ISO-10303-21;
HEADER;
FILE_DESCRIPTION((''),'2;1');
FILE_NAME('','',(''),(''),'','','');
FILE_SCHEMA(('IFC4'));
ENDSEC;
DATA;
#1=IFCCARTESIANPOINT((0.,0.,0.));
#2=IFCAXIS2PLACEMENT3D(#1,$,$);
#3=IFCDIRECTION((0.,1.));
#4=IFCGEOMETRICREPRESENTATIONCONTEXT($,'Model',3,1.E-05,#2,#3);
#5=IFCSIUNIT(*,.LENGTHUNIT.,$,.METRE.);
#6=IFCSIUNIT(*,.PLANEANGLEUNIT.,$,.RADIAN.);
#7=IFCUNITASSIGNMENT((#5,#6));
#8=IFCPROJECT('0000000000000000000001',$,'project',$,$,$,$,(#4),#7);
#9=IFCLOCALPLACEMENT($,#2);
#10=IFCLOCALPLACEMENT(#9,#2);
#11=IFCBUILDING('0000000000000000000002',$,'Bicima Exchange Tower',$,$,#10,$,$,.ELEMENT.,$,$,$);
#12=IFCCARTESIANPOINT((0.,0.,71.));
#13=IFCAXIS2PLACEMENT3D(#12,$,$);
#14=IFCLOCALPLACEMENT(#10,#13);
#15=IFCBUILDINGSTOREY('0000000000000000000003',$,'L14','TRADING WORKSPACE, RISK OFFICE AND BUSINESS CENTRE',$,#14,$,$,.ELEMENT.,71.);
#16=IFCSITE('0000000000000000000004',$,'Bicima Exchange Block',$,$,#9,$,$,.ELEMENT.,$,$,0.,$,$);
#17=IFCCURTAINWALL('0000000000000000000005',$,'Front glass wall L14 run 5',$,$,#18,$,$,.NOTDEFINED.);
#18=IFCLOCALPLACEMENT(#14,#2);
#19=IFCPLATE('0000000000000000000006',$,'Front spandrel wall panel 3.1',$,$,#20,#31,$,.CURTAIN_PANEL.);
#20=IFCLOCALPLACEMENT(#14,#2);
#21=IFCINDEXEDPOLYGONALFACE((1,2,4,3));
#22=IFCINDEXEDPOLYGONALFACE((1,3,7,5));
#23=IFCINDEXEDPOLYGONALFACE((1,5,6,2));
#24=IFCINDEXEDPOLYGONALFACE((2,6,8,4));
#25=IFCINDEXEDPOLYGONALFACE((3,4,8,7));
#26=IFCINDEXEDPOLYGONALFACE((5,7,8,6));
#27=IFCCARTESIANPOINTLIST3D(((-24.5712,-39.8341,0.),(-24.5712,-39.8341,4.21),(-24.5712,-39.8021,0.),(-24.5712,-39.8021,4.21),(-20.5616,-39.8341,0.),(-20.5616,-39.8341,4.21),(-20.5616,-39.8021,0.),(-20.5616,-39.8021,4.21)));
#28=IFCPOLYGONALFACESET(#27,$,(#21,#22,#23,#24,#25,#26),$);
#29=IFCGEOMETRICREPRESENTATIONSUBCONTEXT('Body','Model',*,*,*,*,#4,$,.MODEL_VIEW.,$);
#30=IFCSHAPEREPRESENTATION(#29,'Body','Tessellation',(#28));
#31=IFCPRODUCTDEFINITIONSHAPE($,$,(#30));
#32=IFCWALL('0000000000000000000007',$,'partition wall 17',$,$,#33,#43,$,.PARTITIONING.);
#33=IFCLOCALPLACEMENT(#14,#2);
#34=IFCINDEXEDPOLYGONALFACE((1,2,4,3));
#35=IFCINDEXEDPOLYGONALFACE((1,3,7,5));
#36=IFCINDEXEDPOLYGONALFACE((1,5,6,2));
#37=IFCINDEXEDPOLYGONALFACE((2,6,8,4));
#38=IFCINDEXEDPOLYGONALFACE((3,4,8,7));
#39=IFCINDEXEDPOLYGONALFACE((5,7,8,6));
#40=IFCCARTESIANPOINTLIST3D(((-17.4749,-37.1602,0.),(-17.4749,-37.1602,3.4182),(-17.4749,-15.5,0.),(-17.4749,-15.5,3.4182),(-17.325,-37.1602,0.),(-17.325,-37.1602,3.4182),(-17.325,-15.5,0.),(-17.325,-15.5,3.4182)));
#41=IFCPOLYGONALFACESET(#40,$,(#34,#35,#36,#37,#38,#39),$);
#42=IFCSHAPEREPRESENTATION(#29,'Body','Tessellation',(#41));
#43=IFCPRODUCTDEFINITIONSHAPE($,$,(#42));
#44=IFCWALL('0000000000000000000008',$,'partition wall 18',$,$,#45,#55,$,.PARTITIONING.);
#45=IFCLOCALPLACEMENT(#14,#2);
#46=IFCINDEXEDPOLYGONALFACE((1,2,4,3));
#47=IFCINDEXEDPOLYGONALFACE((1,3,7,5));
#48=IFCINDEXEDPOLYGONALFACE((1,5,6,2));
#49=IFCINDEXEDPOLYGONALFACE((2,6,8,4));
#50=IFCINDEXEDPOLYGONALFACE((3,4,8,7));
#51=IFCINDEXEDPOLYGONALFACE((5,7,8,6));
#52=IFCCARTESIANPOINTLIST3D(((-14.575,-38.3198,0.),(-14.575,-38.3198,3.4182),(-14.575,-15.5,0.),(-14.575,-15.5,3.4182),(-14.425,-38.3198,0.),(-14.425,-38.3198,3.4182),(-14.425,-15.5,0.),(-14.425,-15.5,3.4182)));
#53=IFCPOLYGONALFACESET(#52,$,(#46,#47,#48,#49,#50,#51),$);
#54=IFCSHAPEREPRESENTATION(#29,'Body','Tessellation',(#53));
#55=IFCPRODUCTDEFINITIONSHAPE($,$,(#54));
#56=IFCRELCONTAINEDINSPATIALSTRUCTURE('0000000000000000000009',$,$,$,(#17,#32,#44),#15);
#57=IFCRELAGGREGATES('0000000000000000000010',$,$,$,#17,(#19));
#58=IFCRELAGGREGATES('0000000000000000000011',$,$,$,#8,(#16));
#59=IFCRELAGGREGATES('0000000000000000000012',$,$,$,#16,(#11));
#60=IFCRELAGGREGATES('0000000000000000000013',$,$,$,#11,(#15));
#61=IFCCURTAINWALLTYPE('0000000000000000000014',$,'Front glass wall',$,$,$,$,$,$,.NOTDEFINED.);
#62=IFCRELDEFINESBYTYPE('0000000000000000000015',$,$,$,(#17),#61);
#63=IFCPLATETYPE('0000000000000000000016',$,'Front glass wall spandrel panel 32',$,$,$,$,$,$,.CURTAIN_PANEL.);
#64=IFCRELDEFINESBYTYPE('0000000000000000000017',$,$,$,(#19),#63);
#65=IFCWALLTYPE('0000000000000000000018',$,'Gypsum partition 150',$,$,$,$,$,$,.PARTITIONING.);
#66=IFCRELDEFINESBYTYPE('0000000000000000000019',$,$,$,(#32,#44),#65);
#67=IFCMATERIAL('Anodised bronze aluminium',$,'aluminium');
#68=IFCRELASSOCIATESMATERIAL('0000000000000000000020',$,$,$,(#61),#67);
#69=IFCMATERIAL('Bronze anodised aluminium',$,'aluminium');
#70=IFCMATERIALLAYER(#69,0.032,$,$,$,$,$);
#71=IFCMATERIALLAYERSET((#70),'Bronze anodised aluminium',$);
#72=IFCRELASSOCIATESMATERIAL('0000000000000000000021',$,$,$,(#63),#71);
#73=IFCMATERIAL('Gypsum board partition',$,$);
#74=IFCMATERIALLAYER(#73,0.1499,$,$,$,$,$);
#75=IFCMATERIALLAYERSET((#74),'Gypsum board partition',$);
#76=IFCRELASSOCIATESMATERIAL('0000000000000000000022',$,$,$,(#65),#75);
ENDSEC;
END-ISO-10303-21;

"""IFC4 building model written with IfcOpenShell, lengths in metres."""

from ifc_helpers import new_model, si_unit, direction, frame, frame_2d, origin, origin_2d, place, context, subcontext, project, spatial, rectangle, extrude, material, layer, layer_set, type_object, element, aggregate, save


model = new_model("IFC4")

# Units and contexts
model_context = context("Model", 3, precision=1e-05, world=origin(), true_north=direction((0.0, 1.0)))
body_context = subcontext(model_context, "Body", "Model", "MODEL_VIEW")
ifc_project = project(units=[si_unit("LENGTHUNIT", "METRE"), si_unit("PLANEANGLEUNIT", "RADIAN")], contexts=[model_context])

# Site, building, storey
site_placement = place(None, origin())
site = spatial("IfcSite", under=ifc_project, at=site_placement, Name="Bicima Exchange Block", CompositionType="ELEMENT", RefElevation=0.0)
building_placement = place(site_placement, origin())
building = spatial("IfcBuilding", under=site, at=building_placement, Name="Bicima Exchange Tower", CompositionType="ELEMENT")
storey_placement = place(building_placement, frame((0.0, 0.0, 71.0)))
storey = spatial("IfcBuildingStorey", under=building, at=storey_placement, Name="L14", Description="TRADING WORKSPACE, RISK OFFICE AND BUSINESS CENTRE", CompositionType="ELEMENT", Elevation=71.0)

# Curtain wall
ifc_material_1 = material(Name="Anodised bronze aluminium", Category="aluminium")
curtain_wall_type = type_object("IfcCurtainWallType", Name="Front glass wall", PredefinedType="NOTDEFINED", material=ifc_material_1)
curtain_wall_1_placement = place(storey_placement, origin())
curtain_wall_1 = element("IfcCurtainWall", 1, at=curtain_wall_1_placement, inside=storey, type_object=curtain_wall_type, Name="Front glass wall L14 run 5", PredefinedType="NOTDEFINED")

# Plate
ifc_material_2 = material(Name="Bronze anodised aluminium", Category="aluminium")
ifc_layer_1 = layer(ifc_material_2, 0.032)
ifc_layer_set_1 = layer_set([ifc_layer_1], Name="Bronze anodised aluminium")
plate_type_1 = type_object("IfcPlateType", Name="Front glass wall spandrel panel 32", PredefinedType="CURTAIN_PANEL", material=ifc_layer_set_1)
plate_1_placement = place(storey_placement, frame((-22.5664, -39.8181, 0.0), z_axis=(0.0, 0.0, 1.0), x_axis=(1.0, 0.0, 0.0)))
plate_1 = element("IfcPlate", 2, at=plate_1_placement, type_object=plate_type_1, Name="Front spandrel wall panel 3.1", PredefinedType="CURTAIN_PANEL", context=body_context, shape_type="SweptSolid", body=[
    extrude(rectangle(XDim=4.0095, YDim=0.032, at=origin_2d()), origin(), (0.0, 0.0, 1.0), 4.21),
])
aggregate(curtain_wall_1, [plate_1])

# Walls
ifc_material_3 = material(Name="Gypsum board partition")
ifc_layer_2 = layer(ifc_material_3, 0.1499)
ifc_layer_set_2 = layer_set([ifc_layer_2], Name="Gypsum board partition")
wall_type = type_object("IfcWallType", Name="Gypsum partition 150", PredefinedType="PARTITIONING", material=ifc_layer_set_2)
wall_1_placement = place(storey_placement, frame((-17.3999, -37.1602, 0.0), z_axis=(0.0, 0.0, 1.0), x_axis=(0.0, 1.0, 0.0)))
element("IfcWall", 3, at=wall_1_placement, inside=storey, type_object=wall_type, Name="partition wall 17", PredefinedType="PARTITIONING", context=body_context, shape_type="SweptSolid", body=[
    extrude(rectangle(XDim=21.6602, YDim=0.1499, at=frame_2d((10.8301, 0.0))), origin(), (0.0, 0.0, 1.0), 3.4182),
])
wall_2_placement = place(storey_placement, frame((-14.5, -38.3198, 0.0), z_axis=(0.0, 0.0, 1.0), x_axis=(0.0, 1.0, 0.0)))
element("IfcWall", 4, at=wall_2_placement, inside=storey, type_object=wall_type, Name="partition wall 18", PredefinedType="PARTITIONING", context=body_context, shape_type="SweptSolid", body=[
    extrude(rectangle(XDim=22.8198, YDim=0.1499, at=frame_2d((11.4099, 0.0))), origin(), (0.0, 0.0, 1.0), 3.4182),
])

save(model, "model.ifc")
